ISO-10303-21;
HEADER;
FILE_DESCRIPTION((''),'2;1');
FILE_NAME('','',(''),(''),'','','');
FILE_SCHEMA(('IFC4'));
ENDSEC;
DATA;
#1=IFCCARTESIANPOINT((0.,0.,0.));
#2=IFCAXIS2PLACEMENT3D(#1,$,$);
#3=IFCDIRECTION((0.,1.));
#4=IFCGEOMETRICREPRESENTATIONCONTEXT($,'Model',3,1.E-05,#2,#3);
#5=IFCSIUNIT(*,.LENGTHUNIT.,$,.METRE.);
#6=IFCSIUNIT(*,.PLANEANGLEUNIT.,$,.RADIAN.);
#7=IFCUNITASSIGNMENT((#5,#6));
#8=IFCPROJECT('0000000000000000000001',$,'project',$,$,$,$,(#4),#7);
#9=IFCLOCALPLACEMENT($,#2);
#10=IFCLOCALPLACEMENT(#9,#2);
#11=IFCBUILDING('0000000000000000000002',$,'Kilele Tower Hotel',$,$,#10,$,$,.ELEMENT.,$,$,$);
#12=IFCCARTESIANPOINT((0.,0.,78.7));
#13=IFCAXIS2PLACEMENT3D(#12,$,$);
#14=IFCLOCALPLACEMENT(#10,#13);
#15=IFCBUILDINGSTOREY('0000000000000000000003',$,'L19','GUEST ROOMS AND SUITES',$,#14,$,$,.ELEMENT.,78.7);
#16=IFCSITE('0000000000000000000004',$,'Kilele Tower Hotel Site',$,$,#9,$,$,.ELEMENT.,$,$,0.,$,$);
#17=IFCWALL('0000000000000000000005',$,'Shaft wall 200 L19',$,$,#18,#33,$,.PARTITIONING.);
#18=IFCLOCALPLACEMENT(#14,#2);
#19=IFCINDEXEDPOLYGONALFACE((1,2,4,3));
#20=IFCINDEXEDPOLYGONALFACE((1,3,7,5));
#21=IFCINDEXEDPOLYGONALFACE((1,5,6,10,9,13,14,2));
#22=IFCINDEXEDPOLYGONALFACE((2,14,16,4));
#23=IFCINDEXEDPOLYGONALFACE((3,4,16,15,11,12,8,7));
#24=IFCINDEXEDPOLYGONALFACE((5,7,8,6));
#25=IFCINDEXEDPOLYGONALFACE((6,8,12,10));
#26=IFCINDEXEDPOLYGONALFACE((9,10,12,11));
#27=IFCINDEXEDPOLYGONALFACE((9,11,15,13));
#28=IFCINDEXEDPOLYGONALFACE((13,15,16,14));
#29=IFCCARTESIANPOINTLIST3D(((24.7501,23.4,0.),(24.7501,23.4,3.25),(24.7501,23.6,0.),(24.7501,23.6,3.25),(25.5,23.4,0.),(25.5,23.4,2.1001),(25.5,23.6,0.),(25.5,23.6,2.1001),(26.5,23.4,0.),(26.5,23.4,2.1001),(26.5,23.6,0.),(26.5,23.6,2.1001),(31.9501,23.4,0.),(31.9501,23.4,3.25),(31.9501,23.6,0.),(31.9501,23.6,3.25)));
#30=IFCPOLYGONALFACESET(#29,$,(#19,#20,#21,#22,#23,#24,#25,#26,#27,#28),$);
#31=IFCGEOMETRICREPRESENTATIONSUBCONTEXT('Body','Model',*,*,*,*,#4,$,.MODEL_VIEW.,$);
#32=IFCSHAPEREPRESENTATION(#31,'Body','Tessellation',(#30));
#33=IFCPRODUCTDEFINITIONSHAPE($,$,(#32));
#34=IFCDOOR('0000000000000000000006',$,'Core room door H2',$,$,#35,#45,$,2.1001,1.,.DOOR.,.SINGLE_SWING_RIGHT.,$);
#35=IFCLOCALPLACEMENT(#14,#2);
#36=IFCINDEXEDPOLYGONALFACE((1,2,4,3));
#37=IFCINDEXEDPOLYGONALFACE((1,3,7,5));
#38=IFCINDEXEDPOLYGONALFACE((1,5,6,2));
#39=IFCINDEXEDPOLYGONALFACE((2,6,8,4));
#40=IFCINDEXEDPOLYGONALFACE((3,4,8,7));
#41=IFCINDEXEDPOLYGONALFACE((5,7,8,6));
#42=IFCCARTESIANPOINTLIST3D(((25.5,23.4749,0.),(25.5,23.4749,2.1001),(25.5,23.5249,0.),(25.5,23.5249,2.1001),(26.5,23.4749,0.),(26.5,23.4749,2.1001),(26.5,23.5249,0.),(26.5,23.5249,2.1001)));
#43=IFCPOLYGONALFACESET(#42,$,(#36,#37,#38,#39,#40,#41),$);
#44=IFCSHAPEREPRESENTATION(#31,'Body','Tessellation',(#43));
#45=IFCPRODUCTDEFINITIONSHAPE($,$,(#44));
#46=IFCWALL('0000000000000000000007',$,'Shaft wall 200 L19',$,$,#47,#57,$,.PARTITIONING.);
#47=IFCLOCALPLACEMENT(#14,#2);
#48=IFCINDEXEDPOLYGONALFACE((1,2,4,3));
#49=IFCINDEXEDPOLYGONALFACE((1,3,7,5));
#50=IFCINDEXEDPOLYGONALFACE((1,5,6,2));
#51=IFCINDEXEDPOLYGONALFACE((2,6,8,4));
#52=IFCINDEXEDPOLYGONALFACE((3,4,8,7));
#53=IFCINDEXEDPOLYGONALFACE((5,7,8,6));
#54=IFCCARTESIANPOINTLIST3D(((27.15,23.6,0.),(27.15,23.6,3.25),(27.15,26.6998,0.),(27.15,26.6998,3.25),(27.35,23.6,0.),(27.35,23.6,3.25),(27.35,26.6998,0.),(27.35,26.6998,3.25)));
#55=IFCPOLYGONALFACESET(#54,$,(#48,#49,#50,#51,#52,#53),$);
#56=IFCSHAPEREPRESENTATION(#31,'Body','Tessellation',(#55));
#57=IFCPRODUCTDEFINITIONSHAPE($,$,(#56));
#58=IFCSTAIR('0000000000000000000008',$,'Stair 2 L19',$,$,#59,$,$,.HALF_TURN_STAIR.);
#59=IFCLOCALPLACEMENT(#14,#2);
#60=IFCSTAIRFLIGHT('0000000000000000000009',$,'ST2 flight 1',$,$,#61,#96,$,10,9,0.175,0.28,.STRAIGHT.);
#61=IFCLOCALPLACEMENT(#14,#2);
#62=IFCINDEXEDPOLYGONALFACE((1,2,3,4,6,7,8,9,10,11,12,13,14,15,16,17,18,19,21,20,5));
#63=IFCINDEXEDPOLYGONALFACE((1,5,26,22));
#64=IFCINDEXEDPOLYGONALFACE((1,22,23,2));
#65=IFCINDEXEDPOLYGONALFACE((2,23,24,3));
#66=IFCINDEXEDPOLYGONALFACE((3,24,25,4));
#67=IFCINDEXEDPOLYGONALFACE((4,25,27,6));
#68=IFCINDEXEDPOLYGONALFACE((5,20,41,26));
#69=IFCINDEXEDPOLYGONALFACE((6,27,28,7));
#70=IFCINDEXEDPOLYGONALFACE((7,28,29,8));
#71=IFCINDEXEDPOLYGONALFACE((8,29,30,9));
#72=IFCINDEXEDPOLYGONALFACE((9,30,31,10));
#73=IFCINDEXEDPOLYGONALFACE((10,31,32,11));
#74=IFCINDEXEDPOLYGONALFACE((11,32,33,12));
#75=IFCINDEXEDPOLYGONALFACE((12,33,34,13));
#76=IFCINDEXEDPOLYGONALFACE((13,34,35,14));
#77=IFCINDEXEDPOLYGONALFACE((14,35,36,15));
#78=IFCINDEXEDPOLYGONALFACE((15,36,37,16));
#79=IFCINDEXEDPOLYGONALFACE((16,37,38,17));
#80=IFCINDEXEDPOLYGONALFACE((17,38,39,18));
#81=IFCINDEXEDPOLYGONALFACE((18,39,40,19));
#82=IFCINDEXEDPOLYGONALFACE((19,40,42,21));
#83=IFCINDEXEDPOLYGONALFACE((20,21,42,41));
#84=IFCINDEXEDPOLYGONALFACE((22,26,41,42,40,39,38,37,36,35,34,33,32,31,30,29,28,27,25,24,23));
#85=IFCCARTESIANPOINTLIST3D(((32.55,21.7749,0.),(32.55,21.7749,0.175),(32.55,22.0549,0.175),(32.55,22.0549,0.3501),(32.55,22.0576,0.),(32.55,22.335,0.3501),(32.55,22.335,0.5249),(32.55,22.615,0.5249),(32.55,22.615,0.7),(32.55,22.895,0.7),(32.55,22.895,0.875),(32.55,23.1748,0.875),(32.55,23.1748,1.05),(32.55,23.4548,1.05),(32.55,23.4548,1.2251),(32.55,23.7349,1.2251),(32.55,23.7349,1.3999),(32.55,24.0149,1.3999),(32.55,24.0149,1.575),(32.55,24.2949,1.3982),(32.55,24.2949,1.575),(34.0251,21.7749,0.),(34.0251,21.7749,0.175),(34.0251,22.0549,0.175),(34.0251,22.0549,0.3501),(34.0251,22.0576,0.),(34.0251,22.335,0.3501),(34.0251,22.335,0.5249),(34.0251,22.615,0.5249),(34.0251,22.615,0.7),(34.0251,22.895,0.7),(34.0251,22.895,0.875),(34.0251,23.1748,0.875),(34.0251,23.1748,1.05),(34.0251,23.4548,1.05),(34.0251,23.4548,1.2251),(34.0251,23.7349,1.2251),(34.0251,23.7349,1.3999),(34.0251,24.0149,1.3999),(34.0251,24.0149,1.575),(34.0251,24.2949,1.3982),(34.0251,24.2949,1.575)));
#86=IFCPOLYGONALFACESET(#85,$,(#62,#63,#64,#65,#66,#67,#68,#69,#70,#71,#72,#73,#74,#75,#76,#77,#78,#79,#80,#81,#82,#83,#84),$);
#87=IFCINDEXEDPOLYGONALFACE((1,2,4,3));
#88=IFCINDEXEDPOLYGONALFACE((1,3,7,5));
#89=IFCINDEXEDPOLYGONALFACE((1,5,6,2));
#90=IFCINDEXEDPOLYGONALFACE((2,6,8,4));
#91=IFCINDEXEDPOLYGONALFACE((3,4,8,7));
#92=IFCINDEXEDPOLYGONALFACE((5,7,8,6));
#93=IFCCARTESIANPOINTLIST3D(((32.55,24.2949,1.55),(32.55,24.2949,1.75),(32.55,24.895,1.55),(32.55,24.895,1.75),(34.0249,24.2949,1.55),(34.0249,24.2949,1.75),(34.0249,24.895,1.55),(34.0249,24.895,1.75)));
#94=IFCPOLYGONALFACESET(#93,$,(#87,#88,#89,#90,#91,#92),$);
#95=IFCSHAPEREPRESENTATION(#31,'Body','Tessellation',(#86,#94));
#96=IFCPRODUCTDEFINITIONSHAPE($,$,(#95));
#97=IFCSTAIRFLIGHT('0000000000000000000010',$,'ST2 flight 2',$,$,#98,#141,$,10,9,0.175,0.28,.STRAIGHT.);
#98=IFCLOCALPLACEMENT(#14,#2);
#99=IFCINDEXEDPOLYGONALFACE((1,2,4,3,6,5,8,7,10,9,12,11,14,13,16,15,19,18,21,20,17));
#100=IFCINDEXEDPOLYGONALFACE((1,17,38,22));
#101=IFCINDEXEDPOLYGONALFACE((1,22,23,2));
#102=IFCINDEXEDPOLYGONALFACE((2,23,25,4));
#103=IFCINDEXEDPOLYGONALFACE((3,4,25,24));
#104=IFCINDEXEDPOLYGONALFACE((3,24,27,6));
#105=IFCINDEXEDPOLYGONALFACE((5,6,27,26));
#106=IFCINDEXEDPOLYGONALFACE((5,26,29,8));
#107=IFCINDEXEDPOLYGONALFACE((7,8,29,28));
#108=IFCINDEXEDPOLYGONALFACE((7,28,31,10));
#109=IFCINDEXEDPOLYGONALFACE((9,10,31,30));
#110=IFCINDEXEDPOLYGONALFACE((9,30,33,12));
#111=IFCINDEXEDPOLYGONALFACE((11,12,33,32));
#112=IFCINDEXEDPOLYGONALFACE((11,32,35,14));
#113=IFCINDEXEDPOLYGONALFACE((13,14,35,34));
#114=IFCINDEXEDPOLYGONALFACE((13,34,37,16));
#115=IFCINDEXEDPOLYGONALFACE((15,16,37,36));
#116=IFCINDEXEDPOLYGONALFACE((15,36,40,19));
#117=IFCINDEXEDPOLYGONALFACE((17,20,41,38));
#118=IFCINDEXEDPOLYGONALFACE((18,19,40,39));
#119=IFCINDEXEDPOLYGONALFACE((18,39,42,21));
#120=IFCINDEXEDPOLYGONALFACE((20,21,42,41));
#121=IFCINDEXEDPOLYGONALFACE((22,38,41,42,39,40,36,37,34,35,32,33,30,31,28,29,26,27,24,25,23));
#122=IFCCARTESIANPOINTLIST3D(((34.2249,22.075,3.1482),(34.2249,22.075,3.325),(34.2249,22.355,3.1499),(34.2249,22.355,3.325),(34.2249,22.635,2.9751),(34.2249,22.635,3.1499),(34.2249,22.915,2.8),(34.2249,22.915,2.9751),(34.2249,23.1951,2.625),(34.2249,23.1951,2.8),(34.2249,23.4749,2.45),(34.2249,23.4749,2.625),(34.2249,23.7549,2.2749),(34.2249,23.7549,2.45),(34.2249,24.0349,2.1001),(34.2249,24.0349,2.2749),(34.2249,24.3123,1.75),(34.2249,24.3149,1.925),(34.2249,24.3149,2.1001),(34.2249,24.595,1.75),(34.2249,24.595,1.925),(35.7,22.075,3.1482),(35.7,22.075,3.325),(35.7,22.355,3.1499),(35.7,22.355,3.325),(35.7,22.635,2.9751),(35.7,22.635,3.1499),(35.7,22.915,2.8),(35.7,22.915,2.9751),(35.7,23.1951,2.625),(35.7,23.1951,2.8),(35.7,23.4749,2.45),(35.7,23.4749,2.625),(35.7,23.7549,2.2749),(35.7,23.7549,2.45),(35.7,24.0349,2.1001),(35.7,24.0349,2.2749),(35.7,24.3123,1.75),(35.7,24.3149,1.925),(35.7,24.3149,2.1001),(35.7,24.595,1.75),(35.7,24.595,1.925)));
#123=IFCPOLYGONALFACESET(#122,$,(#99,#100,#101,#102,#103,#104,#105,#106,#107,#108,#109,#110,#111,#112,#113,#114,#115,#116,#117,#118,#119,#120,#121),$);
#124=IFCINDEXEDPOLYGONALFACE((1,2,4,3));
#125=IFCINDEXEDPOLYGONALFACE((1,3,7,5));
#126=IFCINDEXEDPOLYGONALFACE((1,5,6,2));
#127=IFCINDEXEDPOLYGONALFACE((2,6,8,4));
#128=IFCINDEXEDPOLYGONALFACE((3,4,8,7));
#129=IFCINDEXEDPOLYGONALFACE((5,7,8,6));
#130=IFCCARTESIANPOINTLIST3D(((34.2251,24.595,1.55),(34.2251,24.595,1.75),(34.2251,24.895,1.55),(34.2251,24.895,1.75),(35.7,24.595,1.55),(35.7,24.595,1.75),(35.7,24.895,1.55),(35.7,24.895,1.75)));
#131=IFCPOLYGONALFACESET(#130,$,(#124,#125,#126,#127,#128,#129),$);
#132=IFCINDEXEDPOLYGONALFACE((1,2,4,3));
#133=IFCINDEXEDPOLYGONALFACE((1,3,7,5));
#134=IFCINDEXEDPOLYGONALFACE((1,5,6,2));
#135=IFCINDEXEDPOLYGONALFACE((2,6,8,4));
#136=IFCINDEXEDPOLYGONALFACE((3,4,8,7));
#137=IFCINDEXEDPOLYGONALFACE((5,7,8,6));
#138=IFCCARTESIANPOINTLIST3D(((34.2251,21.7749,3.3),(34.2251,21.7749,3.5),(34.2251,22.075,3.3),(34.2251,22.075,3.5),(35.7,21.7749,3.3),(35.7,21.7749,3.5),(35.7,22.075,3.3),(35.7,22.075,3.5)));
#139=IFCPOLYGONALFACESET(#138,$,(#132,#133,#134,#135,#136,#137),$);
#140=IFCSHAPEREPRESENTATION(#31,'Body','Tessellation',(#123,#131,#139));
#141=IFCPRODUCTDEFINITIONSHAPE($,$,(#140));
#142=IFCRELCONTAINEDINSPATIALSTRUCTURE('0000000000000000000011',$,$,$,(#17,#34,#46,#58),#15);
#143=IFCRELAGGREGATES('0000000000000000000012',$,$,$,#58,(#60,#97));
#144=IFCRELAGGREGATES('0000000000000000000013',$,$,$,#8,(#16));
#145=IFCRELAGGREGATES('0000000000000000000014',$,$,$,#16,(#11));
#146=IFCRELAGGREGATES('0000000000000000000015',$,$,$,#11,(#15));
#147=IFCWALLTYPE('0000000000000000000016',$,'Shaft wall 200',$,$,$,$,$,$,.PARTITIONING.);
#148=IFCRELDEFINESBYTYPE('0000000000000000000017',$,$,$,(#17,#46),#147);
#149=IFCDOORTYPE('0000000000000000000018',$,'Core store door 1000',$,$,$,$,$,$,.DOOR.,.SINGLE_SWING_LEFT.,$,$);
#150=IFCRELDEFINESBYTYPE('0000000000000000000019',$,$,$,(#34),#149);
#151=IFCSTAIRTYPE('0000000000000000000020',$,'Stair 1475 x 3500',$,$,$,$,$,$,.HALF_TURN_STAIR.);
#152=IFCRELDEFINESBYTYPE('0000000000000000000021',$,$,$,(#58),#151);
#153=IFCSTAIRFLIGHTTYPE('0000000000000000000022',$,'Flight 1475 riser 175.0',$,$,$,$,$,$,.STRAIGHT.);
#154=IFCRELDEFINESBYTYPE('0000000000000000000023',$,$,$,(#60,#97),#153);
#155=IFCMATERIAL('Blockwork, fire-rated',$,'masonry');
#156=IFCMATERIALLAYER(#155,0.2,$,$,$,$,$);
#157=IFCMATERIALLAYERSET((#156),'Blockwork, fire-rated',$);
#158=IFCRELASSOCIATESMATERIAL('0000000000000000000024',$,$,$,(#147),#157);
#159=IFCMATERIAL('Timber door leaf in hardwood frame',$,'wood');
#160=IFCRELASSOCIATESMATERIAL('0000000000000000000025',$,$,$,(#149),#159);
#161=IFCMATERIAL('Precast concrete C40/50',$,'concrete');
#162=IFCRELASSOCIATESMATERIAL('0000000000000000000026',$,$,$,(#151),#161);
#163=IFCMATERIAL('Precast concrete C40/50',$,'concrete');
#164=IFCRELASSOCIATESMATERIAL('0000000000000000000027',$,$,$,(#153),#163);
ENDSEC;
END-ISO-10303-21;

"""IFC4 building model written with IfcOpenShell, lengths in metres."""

from ifc_helpers import new_model, si_unit, direction, frame, frame_2d, origin, place, context, subcontext, project, spatial, polyline, rectangle, outline, extrude, material, layer, layer_set, type_object, element, fill, aggregate, save


model = new_model("IFC4")

# Units and contexts
model_context = context("Model", 3, precision=1e-05, world=origin(), true_north=direction((0.0, 1.0)))
body_context = subcontext(model_context, "Body", "Model", "MODEL_VIEW")
ifc_project = project(units=[si_unit("LENGTHUNIT", "METRE"), si_unit("PLANEANGLEUNIT", "RADIAN")], contexts=[model_context])

# Site, building, storey
site_placement = place(None, origin())
site = spatial("IfcSite", under=ifc_project, at=site_placement, Name="Kilele Tower Hotel Site", CompositionType="ELEMENT", RefElevation=0.0)
building_placement = place(site_placement, origin())
building = spatial("IfcBuilding", under=site, at=building_placement, Name="Kilele Tower Hotel", CompositionType="ELEMENT")
storey_placement = place(building_placement, frame((0.0, 0.0, 78.7)))
storey = spatial("IfcBuildingStorey", under=building, at=storey_placement, Name="L19", Description="GUEST ROOMS AND SUITES", CompositionType="ELEMENT", Elevation=78.7)

# Shared definitions
ifc_material_1 = material(Name="Blockwork, fire-rated", Category="masonry")
ifc_layer_1 = layer(ifc_material_1, 0.2)
ifc_layer_set_1 = layer_set([ifc_layer_1], Name="Blockwork, fire-rated")
wall_type_1 = type_object("IfcWallType", Name="Shaft wall 200", PredefinedType="PARTITIONING", material=ifc_layer_set_1)

# Wall, opening, door
wall_1_placement = place(storey_placement, frame((24.75, 23.5, 0.0), z_axis=(0.0, 0.0, 1.0), x_axis=(1.0, 0.0, 0.0)))
wall_1 = element("IfcWall", 1, at=wall_1_placement, inside=storey, type_object=wall_type_1, Name="Shaft wall 200 L19", PredefinedType="PARTITIONING", context=body_context, shape_type="SweptSolid", body=[
    extrude(rectangle(XDim=7.2, YDim=0.2, at=frame_2d((3.6001, 0.0))), origin(), (0.0, 0.0, 1.0), 3.25),
])
opening_1_placement = place(wall_1_placement, frame((0.75, 0.0, 0.0)))
opening_1 = element("IfcOpeningElement", 2, at=opening_1_placement, cuts=wall_1, PredefinedType="OPENING", context=body_context, shape_type="SweptSolid", body=[
    extrude(rectangle(XDim=1.0, YDim=2.1001, at=frame_2d((0.5, 1.05))), frame((0.0, 0.1099, 0.0), z_axis=(0.0, -1.0, 0.0), x_axis=(1.0, 0.0, 0.0)), (0.0, 0.0, 1.0), 0.22),
])
ifc_material_2 = material(Name="Timber door leaf in hardwood frame", Category="wood")
door_type_1 = type_object("IfcDoorType", Name="Core store door 1000", OperationType="SINGLE_SWING_LEFT", PredefinedType="DOOR", material=ifc_material_2)
door_1_placement = place(opening_1_placement, origin())
door_1 = element("IfcDoor", 3, at=door_1_placement, inside=storey, type_object=door_type_1, Name="Core room door H2", OperationType="SINGLE_SWING_RIGHT", OverallHeight=2.1001, OverallWidth=1.0, PredefinedType="DOOR", context=body_context, shape_type="SweptSolid", body=[
    extrude(rectangle(XDim=1.0, YDim=2.1001, at=frame_2d((0.5, 1.05))), frame((0.0, 0.0249, 0.0), z_axis=(0.0, -1.0, 0.0), x_axis=(1.0, 0.0, 0.0)), (0.0, 0.0, 1.0), 0.05),
])
fill(opening_1, door_1)

# Wall
wall_2_placement = place(storey_placement, frame((27.25, 23.6001, 0.0), z_axis=(0.0, 0.0, 1.0), x_axis=(0.0, 1.0, 0.0)))
element("IfcWall", 4, at=wall_2_placement, inside=storey, type_object=wall_type_1, Name="Shaft wall 200 L19", PredefinedType="PARTITIONING", context=body_context, shape_type="SweptSolid", body=[
    extrude(rectangle(XDim=3.0999, YDim=0.2, at=frame_2d((1.5498, 0.0))), origin(), (0.0, 0.0, 1.0), 3.25),
])

# Stair, stair flights
ifc_material_3 = material(Name="Precast concrete C40/50", Category="concrete")
stair_type = type_object("IfcStairType", Name="Stair 1475 x 3500", PredefinedType="HALF_TURN_STAIR", material=ifc_material_3)
stair_placement = place(storey_placement, origin())
stair = element("IfcStair", 5, at=stair_placement, inside=storey, type_object=stair_type, Name="Stair 2 L19", PredefinedType="HALF_TURN_STAIR")
ifc_material_4 = material(Name="Precast concrete C40/50", Category="concrete")
stair_flight_type = type_object("IfcStairFlightType", Name="Flight 1475 riser 175.0", PredefinedType="STRAIGHT", material=ifc_material_4)
stair_flight_1_placement = place(storey_placement, frame((33.2876, 21.7749, 0.0), z_axis=(0.0, 0.0, 1.0), x_axis=(0.0, 1.0, 0.0)))
stair_flight_1 = element("IfcStairFlight", 6, at=stair_flight_1_placement, type_object=stair_flight_type, Name="ST2 flight 1", NumberOfRisers=10, NumberOfTreads=9, PredefinedType="STRAIGHT", RiserHeight=0.175, TreadLength=0.28, context=body_context, shape_type="SweptSolid", body=[
    extrude(outline(polyline([(0.0, 0.0), (0.0, 0.175), (0.28, 0.175), (0.28, 0.3501), (0.5601, 0.3501), (0.5601, 0.5249), (0.8401, 0.5249), (0.8401, 0.7), (1.1201, 0.7), (1.1201, 0.875), (1.3999, 0.875), (1.3999, 1.05), (1.6799, 1.05), (1.6799, 1.2251), (1.96, 1.2251), (1.96, 1.3999), (2.24, 1.3999), (2.24, 1.575), (2.52, 1.575), (2.52, 1.75), (2.52, 1.3982), (0.2827, 0.0), (0.0, 0.0)])), frame((0.0, 0.7375, 0.0), z_axis=(0.0, -1.0, 0.0), x_axis=(1.0, 0.0, 0.0)), (0.0, 0.0, 1.0), 1.4751),
    extrude(outline(polyline([(2.52, 0.7375), (2.52, -0.7373), (3.1201, -0.7373), (3.1201, 0.7375), (2.52, 0.7375)])), frame((0.0, 0.0, 1.55)), (0.0, 0.0, 1.0), 0.2),
])
stair_flight_2_placement = place(storey_placement, frame((34.9624, 24.595, 1.75), z_axis=(0.0, 0.0, 1.0), x_axis=(0.0, -1.0, 0.0)))
stair_flight_2 = element("IfcStairFlight", 7, at=stair_flight_2_placement, type_object=stair_flight_type, Name="ST2 flight 2", NumberOfRisers=10, NumberOfTreads=9, PredefinedType="STRAIGHT", RiserHeight=0.175, TreadLength=0.28, context=body_context, shape_type="SweptSolid", body=[
    extrude(outline(polyline([(0.0, 0.0), (0.0, 0.175), (0.28, 0.175), (0.28, 0.3501), (0.5601, 0.3501), (0.5601, 0.5249), (0.8401, 0.5249), (0.8401, 0.7), (1.1201, 0.7), (1.1201, 0.875), (1.3999, 0.875), (1.3999, 1.05), (1.6799, 1.05), (1.6799, 1.2251), (1.96, 1.2251), (1.96, 1.3999), (2.24, 1.3999), (2.24, 1.575), (2.52, 1.575), (2.52, 1.75), (2.52, 1.3982), (0.2827, 0.0), (0.0, 0.0)])), frame((0.0, 0.7375, 0.0), z_axis=(0.0, -1.0, 0.0), x_axis=(1.0, 0.0, 0.0)), (0.0, 0.0, 1.0), 1.4751),
    extrude(outline(polyline([(0.0, -0.7373), (0.0, 0.7375), (-0.3, 0.7375), (-0.3, -0.7373), (0.0, -0.7373)])), frame((0.0, 0.0, -0.2)), (0.0, 0.0, 1.0), 0.2),
    extrude(outline(polyline([(2.8201, -0.7373), (2.8201, 0.7375), (2.52, 0.7375), (2.52, -0.7373), (2.8201, -0.7373)])), frame((0.0, 0.0, 1.55)), (0.0, 0.0, 1.0), 0.2),
])
aggregate(stair, [stair_flight_1, stair_flight_2])

save(model, "model.ifc")
